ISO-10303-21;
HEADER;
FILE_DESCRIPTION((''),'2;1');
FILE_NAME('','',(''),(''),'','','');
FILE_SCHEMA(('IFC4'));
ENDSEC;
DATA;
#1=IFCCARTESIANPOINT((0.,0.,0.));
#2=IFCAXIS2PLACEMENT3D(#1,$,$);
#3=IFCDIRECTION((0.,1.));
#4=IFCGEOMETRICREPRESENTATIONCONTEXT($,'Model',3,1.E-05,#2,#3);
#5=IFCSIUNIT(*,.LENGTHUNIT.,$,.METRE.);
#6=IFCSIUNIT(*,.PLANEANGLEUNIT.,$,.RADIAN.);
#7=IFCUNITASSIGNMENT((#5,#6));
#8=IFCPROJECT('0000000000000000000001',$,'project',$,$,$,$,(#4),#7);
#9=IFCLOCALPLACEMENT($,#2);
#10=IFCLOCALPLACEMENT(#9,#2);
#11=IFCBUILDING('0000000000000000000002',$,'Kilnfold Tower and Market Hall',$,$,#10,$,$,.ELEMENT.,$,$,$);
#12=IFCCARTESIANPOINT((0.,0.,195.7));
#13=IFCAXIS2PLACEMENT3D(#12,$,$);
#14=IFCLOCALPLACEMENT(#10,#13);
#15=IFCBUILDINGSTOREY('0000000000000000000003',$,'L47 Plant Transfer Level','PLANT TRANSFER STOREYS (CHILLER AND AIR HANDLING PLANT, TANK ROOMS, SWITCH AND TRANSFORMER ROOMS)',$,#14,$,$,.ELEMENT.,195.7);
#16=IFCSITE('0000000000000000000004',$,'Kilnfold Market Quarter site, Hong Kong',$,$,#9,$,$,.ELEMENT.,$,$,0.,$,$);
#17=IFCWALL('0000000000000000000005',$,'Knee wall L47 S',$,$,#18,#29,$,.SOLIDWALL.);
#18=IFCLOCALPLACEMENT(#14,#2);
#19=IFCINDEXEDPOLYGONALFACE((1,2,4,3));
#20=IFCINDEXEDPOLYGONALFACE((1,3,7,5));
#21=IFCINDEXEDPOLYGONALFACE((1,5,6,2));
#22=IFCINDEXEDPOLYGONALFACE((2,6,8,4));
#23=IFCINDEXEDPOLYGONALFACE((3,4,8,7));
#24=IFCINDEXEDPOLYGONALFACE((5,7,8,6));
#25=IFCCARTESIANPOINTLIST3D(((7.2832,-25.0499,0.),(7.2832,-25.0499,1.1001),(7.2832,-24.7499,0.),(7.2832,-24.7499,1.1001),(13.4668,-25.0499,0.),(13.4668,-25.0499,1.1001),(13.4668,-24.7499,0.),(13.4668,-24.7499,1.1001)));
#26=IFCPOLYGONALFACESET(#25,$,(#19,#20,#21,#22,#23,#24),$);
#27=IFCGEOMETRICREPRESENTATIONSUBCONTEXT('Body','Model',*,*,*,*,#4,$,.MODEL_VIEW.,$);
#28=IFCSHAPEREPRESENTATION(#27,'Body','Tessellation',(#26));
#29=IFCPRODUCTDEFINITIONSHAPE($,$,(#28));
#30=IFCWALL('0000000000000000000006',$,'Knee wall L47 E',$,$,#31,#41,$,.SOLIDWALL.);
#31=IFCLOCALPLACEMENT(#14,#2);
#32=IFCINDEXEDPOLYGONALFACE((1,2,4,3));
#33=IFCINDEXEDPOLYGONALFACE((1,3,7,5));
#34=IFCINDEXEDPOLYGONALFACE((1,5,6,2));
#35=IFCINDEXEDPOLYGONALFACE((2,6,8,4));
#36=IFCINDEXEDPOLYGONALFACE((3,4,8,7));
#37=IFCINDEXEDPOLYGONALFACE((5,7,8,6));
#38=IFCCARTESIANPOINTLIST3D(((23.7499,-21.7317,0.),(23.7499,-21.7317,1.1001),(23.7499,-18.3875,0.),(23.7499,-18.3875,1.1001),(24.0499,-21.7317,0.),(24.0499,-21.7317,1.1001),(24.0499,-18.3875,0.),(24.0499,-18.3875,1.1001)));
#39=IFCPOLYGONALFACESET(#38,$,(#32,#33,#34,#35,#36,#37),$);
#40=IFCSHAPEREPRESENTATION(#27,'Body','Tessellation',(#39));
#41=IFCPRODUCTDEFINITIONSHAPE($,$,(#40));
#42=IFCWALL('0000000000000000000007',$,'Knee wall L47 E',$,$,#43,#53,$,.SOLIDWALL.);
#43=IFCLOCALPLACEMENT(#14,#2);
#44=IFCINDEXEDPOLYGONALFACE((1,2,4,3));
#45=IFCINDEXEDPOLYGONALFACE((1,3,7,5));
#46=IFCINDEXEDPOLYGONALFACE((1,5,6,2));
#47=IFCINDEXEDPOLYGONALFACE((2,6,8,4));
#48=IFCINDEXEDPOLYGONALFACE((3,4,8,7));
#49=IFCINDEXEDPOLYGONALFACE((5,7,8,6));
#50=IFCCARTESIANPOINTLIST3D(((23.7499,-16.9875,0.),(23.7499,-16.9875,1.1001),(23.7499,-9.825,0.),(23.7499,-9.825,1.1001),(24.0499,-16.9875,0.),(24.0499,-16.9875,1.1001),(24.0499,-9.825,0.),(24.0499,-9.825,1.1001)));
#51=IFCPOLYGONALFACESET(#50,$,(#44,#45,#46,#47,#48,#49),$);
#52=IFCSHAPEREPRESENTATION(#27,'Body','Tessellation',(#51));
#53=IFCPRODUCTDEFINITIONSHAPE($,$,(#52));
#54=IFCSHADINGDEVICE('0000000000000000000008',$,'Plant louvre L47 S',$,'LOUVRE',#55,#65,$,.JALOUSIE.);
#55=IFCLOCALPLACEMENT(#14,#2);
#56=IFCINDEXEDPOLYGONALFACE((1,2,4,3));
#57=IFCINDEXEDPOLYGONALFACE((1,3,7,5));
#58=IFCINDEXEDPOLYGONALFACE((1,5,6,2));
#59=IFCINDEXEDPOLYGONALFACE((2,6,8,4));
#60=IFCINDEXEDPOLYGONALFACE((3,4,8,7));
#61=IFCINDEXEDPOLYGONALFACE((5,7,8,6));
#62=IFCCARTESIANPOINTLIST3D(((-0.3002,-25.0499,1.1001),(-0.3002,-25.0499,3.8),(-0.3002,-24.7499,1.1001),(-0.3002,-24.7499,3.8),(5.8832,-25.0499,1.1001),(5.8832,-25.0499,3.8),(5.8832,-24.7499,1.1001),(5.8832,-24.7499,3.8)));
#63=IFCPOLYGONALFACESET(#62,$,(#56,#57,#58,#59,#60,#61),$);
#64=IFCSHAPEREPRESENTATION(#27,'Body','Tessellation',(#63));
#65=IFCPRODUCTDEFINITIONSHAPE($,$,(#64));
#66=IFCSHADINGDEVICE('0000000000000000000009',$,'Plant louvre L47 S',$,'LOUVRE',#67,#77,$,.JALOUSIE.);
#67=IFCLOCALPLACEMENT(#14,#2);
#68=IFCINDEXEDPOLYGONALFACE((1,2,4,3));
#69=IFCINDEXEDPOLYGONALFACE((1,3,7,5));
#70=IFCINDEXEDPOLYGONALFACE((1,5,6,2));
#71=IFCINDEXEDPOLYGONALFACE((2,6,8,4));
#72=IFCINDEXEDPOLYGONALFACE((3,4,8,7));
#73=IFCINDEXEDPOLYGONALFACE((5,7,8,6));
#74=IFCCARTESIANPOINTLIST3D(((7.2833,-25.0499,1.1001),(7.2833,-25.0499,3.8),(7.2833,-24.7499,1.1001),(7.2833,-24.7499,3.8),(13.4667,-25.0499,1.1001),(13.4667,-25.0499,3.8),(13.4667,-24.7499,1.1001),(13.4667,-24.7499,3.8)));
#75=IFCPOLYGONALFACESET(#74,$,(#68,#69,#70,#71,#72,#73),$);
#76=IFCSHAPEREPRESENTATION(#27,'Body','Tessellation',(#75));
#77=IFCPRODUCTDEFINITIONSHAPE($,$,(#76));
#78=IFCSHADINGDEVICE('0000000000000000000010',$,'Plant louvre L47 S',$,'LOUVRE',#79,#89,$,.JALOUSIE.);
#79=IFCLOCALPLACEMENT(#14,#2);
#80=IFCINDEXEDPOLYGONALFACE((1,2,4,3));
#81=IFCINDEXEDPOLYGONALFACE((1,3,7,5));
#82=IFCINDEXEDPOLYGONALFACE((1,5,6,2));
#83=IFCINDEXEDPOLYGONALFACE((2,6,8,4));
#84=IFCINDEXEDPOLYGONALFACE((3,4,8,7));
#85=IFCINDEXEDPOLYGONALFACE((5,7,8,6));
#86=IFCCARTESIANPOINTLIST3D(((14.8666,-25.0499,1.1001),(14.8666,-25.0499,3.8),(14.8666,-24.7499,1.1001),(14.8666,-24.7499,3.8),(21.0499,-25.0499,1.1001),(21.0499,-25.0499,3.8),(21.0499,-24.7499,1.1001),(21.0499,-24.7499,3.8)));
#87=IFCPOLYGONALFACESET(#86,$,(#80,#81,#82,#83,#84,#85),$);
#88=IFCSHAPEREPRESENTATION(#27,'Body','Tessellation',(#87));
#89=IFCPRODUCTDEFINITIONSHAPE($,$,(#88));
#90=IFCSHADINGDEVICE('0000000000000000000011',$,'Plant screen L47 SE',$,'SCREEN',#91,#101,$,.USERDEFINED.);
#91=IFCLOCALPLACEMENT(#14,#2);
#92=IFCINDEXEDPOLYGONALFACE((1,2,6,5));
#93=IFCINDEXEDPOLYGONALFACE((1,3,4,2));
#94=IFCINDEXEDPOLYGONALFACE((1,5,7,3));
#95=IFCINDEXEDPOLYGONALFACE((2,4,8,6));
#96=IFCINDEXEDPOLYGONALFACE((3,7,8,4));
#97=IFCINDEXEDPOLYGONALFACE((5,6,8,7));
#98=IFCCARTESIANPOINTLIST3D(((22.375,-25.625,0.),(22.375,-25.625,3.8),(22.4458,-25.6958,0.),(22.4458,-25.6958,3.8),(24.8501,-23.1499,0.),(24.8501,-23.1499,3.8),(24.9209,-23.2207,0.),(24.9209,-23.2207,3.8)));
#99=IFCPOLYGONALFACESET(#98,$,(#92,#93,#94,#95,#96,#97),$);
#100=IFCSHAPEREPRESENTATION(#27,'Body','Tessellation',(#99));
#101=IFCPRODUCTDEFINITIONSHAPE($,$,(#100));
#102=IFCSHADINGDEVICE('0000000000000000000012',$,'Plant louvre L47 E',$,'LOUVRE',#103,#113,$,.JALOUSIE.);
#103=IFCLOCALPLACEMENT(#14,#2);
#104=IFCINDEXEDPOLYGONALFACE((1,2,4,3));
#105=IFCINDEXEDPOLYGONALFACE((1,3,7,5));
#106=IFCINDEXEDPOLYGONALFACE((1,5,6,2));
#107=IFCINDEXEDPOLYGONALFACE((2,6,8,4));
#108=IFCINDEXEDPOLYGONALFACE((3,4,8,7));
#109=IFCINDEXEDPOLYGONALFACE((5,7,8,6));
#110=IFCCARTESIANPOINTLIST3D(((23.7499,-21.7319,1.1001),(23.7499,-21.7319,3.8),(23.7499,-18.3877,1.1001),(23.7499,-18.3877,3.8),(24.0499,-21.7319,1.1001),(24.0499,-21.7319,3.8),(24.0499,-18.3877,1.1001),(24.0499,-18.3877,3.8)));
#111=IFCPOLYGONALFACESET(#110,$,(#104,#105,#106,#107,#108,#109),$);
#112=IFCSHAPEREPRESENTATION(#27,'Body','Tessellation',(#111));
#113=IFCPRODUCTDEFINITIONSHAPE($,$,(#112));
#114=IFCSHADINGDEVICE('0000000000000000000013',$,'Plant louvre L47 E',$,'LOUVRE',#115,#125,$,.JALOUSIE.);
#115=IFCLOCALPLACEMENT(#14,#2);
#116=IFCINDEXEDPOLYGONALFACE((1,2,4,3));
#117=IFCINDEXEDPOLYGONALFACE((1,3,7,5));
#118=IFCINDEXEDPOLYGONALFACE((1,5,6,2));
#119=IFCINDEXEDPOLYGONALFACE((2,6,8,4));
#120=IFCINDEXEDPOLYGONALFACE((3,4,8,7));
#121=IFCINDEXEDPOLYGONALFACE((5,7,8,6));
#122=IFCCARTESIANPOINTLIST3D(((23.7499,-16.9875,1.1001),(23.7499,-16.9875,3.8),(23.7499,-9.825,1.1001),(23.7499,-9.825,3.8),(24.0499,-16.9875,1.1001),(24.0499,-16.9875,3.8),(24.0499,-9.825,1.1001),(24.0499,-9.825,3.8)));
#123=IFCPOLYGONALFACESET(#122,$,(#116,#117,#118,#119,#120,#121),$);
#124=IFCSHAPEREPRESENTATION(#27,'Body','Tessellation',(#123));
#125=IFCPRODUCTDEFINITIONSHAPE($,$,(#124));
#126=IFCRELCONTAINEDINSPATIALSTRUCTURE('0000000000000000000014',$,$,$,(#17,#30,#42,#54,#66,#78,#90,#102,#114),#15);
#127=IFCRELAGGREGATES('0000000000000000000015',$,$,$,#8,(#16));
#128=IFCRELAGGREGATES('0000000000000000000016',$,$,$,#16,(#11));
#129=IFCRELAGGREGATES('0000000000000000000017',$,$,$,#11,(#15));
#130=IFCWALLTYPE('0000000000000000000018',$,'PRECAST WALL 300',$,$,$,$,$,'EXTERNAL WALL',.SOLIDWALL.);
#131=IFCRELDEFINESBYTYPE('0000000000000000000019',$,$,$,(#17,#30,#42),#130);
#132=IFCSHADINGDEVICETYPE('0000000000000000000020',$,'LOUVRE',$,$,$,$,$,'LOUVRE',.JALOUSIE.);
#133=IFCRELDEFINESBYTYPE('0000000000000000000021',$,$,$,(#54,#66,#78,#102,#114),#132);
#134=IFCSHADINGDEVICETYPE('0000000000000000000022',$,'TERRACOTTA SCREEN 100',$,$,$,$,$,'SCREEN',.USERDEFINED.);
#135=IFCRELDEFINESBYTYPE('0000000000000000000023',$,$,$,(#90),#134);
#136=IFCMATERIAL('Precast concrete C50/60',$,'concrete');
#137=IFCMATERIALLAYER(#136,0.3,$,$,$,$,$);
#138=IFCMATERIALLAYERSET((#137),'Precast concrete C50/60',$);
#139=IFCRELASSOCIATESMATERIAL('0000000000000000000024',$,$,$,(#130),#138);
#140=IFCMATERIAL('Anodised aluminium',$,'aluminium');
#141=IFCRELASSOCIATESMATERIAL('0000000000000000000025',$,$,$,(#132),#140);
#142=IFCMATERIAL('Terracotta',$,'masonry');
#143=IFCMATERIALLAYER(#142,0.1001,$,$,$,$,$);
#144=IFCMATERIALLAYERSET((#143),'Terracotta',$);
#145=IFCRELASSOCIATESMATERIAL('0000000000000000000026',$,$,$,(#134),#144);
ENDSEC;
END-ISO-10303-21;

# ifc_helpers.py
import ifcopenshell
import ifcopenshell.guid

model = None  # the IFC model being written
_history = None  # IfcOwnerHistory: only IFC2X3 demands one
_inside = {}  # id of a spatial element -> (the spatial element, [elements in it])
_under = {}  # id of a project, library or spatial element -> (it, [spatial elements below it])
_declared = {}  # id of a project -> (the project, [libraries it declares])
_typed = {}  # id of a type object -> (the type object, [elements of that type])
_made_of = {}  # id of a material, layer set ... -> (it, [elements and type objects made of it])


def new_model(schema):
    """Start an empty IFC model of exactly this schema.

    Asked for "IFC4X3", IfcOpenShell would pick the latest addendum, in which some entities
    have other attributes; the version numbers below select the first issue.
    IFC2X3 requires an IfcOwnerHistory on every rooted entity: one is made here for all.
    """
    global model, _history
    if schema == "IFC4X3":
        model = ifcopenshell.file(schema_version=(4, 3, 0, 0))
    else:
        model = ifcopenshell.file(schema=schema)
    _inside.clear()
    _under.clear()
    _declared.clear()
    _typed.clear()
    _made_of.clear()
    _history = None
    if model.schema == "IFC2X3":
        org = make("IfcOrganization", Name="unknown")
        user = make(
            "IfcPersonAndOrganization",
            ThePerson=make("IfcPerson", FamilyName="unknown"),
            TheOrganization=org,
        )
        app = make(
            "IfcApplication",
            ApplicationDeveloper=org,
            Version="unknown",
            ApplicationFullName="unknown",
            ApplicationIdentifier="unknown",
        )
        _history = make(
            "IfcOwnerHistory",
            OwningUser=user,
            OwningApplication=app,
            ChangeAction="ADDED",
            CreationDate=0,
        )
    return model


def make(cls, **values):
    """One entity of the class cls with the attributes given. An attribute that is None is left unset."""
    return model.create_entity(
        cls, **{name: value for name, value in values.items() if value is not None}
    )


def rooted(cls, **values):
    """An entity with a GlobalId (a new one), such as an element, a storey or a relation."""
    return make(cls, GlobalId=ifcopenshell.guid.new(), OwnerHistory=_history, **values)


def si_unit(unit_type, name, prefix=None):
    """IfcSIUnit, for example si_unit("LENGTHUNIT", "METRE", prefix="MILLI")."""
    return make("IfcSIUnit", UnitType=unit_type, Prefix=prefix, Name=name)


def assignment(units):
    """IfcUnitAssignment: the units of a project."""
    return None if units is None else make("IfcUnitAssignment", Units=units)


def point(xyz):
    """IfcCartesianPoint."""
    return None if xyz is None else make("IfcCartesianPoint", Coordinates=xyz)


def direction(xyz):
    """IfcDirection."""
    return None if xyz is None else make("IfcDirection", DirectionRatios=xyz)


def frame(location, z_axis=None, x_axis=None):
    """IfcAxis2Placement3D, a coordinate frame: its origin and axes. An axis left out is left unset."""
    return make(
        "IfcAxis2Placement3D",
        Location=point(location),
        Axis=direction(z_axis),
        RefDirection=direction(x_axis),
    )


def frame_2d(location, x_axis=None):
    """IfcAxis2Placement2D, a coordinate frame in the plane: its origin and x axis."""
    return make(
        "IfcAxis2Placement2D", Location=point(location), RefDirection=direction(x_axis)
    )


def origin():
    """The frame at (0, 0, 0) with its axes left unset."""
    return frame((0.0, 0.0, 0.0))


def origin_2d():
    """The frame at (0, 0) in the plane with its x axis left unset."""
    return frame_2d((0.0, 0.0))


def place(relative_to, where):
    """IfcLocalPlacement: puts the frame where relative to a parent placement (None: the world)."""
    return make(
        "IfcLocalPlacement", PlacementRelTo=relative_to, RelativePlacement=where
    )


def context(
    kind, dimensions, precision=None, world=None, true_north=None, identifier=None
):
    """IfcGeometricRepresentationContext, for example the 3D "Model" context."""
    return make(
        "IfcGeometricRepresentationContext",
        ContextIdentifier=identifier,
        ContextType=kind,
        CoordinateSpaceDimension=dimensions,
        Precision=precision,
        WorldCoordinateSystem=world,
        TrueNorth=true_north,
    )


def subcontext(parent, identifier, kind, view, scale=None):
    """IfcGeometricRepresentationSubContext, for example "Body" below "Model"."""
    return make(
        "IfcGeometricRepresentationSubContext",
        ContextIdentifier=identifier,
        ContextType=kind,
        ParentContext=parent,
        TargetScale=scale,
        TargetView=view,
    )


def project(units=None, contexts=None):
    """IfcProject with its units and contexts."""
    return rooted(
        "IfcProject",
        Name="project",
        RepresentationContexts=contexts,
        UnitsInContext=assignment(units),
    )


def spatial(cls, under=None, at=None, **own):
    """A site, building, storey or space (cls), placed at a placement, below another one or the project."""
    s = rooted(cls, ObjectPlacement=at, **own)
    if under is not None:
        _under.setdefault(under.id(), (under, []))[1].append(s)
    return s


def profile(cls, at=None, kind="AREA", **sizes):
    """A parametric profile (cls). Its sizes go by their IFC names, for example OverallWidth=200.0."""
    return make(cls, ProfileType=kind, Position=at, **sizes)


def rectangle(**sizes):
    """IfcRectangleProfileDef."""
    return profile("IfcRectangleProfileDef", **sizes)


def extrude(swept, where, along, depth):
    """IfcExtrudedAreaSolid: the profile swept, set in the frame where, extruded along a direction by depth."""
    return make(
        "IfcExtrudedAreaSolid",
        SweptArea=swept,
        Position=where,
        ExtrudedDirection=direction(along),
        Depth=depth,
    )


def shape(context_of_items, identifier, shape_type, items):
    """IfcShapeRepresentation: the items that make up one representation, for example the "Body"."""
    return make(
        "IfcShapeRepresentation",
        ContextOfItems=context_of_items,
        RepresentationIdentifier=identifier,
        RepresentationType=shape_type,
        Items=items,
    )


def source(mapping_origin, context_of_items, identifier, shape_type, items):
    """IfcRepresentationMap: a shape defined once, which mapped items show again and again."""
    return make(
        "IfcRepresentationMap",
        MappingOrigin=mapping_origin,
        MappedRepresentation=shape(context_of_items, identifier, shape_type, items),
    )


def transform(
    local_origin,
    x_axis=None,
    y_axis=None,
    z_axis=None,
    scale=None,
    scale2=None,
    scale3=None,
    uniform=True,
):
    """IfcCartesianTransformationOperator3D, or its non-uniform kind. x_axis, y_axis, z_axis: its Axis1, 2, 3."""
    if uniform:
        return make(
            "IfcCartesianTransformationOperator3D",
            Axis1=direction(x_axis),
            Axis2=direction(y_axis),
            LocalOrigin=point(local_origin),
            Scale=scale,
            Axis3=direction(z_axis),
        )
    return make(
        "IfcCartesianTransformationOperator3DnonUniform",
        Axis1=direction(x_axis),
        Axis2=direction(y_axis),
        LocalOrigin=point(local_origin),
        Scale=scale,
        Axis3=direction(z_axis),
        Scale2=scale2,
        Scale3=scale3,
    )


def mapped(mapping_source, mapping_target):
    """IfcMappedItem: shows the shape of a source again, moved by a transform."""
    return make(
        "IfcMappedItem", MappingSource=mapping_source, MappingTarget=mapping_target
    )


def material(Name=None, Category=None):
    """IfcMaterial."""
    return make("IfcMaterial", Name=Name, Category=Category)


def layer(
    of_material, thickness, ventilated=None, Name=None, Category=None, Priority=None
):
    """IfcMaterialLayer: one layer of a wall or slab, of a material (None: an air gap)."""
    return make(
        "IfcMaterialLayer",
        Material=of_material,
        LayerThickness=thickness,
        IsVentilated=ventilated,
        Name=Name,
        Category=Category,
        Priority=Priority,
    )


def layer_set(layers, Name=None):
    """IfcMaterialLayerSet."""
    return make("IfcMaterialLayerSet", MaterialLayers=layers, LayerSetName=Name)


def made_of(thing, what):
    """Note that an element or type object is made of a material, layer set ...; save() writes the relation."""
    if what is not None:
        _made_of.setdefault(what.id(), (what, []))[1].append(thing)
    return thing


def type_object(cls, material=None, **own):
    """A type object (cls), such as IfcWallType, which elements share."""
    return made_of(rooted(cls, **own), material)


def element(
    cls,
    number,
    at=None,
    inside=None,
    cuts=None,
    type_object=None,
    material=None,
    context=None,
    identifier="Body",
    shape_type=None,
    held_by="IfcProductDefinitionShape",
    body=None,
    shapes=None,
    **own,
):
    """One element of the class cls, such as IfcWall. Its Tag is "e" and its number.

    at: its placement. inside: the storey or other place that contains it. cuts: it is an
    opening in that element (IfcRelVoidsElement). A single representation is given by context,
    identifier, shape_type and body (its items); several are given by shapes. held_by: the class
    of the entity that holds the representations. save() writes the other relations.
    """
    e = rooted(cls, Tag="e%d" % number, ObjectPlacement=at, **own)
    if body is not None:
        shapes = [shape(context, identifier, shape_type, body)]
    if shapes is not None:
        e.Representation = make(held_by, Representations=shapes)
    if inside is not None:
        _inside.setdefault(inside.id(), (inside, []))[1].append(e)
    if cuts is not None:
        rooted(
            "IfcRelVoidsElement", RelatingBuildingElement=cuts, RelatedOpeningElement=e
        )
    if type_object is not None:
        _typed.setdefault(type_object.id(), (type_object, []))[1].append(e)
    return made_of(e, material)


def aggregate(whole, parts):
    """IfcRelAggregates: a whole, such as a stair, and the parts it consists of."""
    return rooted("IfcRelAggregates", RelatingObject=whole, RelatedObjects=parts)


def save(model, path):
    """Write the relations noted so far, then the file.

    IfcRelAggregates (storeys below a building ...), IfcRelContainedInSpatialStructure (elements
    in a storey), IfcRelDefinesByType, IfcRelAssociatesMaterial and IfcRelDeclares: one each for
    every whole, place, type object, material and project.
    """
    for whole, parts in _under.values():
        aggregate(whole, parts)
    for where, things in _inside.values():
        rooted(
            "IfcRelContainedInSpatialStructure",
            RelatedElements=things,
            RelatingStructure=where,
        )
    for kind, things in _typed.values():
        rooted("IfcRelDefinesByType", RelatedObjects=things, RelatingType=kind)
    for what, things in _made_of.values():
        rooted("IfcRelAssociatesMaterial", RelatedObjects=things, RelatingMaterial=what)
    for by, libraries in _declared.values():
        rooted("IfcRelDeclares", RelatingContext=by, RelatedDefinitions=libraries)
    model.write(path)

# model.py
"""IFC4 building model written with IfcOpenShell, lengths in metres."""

from ifc_helpers import new_model, si_unit, direction, frame, frame_2d, origin, origin_2d, place, context, subcontext, project, spatial, rectangle, extrude, source, transform, mapped, material, layer, layer_set, type_object, element, save


model = new_model("IFC4")

# Units and contexts
model_context = context("Model", 3, precision=1e-05, world=origin(), true_north=direction((0.0, 1.0)))
body_context = subcontext(model_context, "Body", "Model", "MODEL_VIEW")
ifc_project = project(units=[si_unit("LENGTHUNIT", "METRE"), si_unit("PLANEANGLEUNIT", "RADIAN")], contexts=[model_context])

# Site, building, storey
site_placement = place(None, origin())
site = spatial("IfcSite", under=ifc_project, at=site_placement, Name="Kilnfold Market Quarter site, Hong Kong", CompositionType="ELEMENT", RefElevation=0.0)
building_placement = place(site_placement, origin())
building = spatial("IfcBuilding", under=site, at=building_placement, Name="Kilnfold Tower and Market Hall", CompositionType="ELEMENT")
storey_placement = place(building_placement, frame((0.0, 0.0, 195.7)))
storey = spatial("IfcBuildingStorey", under=building, at=storey_placement, Name="L47 Plant Transfer Level", Description="PLANT TRANSFER STOREYS (CHILLER AND AIR HANDLING PLANT, TANK ROOMS, SWITCH AND TRANSFORMER ROOMS)", CompositionType="ELEMENT", Elevation=195.7)

# Walls
ifc_material_1 = material(Name="Precast concrete C50/60", Category="concrete")
ifc_layer_1 = layer(ifc_material_1, 0.3)
ifc_layer_set_1 = layer_set([ifc_layer_1], Name="Precast concrete C50/60")
wall_type_1 = type_object("IfcWallType", Name="PRECAST WALL 300", ElementType="EXTERNAL WALL", PredefinedType="SOLIDWALL", material=ifc_layer_set_1)
shared_shape_1 = source(origin(), body_context, "Body", "SweptSolid", [
    extrude(rectangle(XDim=6.1836, YDim=0.3, at=frame_2d((3.0918, 0.0))), origin(), (0.0, 0.0, 1.0), 1.1001),
])
wall_1_placement = place(storey_placement, frame((7.2832, -24.8999, 0.0), z_axis=(0.0, 0.0, 1.0), x_axis=(1.0, 0.0, 0.0)))
element("IfcWall", 1, at=wall_1_placement, inside=storey, type_object=wall_type_1, Name="Knee wall L47 S", PredefinedType="SOLIDWALL", context=body_context, shape_type="MappedRepresentation", body=[
    mapped(shared_shape_1, transform((0.0, 0.0, 0.0))),
])
shared_shape_2 = source(origin(), body_context, "Body", "SweptSolid", [
    extrude(rectangle(XDim=3.3442, YDim=0.3, at=frame_2d((1.6721, 0.0))), origin(), (0.0, 0.0, 1.0), 1.1001),
])
wall_2_placement = place(storey_placement, frame((23.8999, -21.7317, 0.0), z_axis=(0.0, 0.0, 1.0), x_axis=(0.0, 1.0, 0.0)))
element("IfcWall", 2, at=wall_2_placement, inside=storey, type_object=wall_type_1, Name="Knee wall L47 E", PredefinedType="SOLIDWALL", context=body_context, shape_type="MappedRepresentation", body=[
    mapped(shared_shape_2, transform((0.0, 0.0, 0.0))),
])
shared_shape_3 = source(origin(), body_context, "Body", "SweptSolid", [
    extrude(rectangle(XDim=7.1626, YDim=0.3, at=frame_2d((3.5813, 0.0))), origin(), (0.0, 0.0, 1.0), 1.1001),
])
wall_3_placement = place(storey_placement, frame((23.8999, -16.9875, 0.0), z_axis=(0.0, 0.0, 1.0), x_axis=(0.0, 1.0, 0.0)))
element("IfcWall", 3, at=wall_3_placement, inside=storey, type_object=wall_type_1, Name="Knee wall L47 E", PredefinedType="SOLIDWALL", context=body_context, shape_type="MappedRepresentation", body=[
    mapped(shared_shape_3, transform((0.0, 0.0, 0.0))),
])

# Shading devices
ifc_material_2 = material(Name="Anodised aluminium", Category="aluminium")
shading_device_type_1 = type_object("IfcShadingDeviceType", Name="LOUVRE", ElementType="LOUVRE", PredefinedType="JALOUSIE", material=ifc_material_2)
shared_shape_4 = source(origin(), body_context, "Body", "SweptSolid", [
    extrude(rectangle(XDim=6.1833, YDim=0.3, at=origin_2d()), origin(), (0.0, 0.0, 1.0), 2.7),
])
for number, where, z_axis, x_axis, name in (
    (4, (2.7915, -24.8999, 1.1001), (0.0, 0.0, 1.0), (1.0, 0.0, 0.0), "Plant louvre L47 S"),
    (5, (10.375, -24.8999, 1.1001), (0.0, 0.0, 1.0), (1.0, 0.0, 0.0), "Plant louvre L47 S"),
    (6, (17.9583, -24.8999, 1.1001), (0.0, 0.0, 1.0), (1.0, 0.0, 0.0), "Plant louvre L47 S"),
):
    element("IfcShadingDevice", number, at=place(storey_placement, frame(where, z_axis=z_axis, x_axis=x_axis)), inside=storey, type_object=shading_device_type_1, Name=name, ObjectType="LOUVRE", PredefinedType="JALOUSIE", context=body_context, shape_type="MappedRepresentation", body=[
        mapped(shared_shape_4, transform((0.0, 0.0, 0.0))),
    ])
ifc_material_3 = material(Name="Terracotta", Category="masonry")
ifc_layer_2 = layer(ifc_material_3, 0.1001)
ifc_layer_set_2 = layer_set([ifc_layer_2], Name="Terracotta")
shading_device_type_2 = type_object("IfcShadingDeviceType", Name="TERRACOTTA SCREEN 100", ElementType="SCREEN", PredefinedType="USERDEFINED", material=ifc_layer_set_2)
shared_shape_5 = source(origin(), body_context, "Body", "SweptSolid", [
    extrude(rectangle(XDim=3.5002, YDim=0.1001, at=origin_2d()), origin(), (0.0, 0.0, 1.0), 3.8),
])
shading_device_1_placement = place(storey_placement, frame((23.6479, -24.4229, 0.0), z_axis=(0.0, 0.0, 1.0), x_axis=(0.707107, 0.707107, 0.0)))
element("IfcShadingDevice", 7, at=shading_device_1_placement, inside=storey, type_object=shading_device_type_2, Name="Plant screen L47 SE", ObjectType="SCREEN", PredefinedType="USERDEFINED", context=body_context, shape_type="MappedRepresentation", body=[
    mapped(shared_shape_5, transform((0.0, 0.0, 0.0))),
])
shared_shape_6 = source(origin(), body_context, "Body", "SweptSolid", [
    extrude(rectangle(XDim=3.3442, YDim=0.3, at=origin_2d()), origin(), (0.0, 0.0, 1.0), 2.7),
])
shading_device_2_placement = place(storey_placement, frame((23.8999, -20.0598, 1.1001), z_axis=(0.0, 0.0, 1.0), x_axis=(0.0, 1.0, 0.0)))
element("IfcShadingDevice", 8, at=shading_device_2_placement, inside=storey, type_object=shading_device_type_1, Name="Plant louvre L47 E", ObjectType="LOUVRE", PredefinedType="JALOUSIE", context=body_context, shape_type="MappedRepresentation", body=[
    mapped(shared_shape_6, transform((0.0, 0.0, 0.0))),
])
shared_shape_7 = source(origin(), body_context, "Body", "SweptSolid", [
    extrude(rectangle(XDim=7.1626, YDim=0.3, at=origin_2d()), origin(), (0.0, 0.0, 1.0), 2.7),
])
shading_device_3_placement = place(storey_placement, frame((23.8999, -13.4062, 1.1001), z_axis=(0.0, 0.0, 1.0), x_axis=(0.0, 1.0, 0.0)))
element("IfcShadingDevice", 9, at=shading_device_3_placement, inside=storey, type_object=shading_device_type_1, Name="Plant louvre L47 E", ObjectType="LOUVRE", PredefinedType="JALOUSIE", context=body_context, shape_type="MappedRepresentation", body=[
    mapped(shared_shape_7, transform((0.0, 0.0, 0.0))),
])

save(model, "model.ifc")
